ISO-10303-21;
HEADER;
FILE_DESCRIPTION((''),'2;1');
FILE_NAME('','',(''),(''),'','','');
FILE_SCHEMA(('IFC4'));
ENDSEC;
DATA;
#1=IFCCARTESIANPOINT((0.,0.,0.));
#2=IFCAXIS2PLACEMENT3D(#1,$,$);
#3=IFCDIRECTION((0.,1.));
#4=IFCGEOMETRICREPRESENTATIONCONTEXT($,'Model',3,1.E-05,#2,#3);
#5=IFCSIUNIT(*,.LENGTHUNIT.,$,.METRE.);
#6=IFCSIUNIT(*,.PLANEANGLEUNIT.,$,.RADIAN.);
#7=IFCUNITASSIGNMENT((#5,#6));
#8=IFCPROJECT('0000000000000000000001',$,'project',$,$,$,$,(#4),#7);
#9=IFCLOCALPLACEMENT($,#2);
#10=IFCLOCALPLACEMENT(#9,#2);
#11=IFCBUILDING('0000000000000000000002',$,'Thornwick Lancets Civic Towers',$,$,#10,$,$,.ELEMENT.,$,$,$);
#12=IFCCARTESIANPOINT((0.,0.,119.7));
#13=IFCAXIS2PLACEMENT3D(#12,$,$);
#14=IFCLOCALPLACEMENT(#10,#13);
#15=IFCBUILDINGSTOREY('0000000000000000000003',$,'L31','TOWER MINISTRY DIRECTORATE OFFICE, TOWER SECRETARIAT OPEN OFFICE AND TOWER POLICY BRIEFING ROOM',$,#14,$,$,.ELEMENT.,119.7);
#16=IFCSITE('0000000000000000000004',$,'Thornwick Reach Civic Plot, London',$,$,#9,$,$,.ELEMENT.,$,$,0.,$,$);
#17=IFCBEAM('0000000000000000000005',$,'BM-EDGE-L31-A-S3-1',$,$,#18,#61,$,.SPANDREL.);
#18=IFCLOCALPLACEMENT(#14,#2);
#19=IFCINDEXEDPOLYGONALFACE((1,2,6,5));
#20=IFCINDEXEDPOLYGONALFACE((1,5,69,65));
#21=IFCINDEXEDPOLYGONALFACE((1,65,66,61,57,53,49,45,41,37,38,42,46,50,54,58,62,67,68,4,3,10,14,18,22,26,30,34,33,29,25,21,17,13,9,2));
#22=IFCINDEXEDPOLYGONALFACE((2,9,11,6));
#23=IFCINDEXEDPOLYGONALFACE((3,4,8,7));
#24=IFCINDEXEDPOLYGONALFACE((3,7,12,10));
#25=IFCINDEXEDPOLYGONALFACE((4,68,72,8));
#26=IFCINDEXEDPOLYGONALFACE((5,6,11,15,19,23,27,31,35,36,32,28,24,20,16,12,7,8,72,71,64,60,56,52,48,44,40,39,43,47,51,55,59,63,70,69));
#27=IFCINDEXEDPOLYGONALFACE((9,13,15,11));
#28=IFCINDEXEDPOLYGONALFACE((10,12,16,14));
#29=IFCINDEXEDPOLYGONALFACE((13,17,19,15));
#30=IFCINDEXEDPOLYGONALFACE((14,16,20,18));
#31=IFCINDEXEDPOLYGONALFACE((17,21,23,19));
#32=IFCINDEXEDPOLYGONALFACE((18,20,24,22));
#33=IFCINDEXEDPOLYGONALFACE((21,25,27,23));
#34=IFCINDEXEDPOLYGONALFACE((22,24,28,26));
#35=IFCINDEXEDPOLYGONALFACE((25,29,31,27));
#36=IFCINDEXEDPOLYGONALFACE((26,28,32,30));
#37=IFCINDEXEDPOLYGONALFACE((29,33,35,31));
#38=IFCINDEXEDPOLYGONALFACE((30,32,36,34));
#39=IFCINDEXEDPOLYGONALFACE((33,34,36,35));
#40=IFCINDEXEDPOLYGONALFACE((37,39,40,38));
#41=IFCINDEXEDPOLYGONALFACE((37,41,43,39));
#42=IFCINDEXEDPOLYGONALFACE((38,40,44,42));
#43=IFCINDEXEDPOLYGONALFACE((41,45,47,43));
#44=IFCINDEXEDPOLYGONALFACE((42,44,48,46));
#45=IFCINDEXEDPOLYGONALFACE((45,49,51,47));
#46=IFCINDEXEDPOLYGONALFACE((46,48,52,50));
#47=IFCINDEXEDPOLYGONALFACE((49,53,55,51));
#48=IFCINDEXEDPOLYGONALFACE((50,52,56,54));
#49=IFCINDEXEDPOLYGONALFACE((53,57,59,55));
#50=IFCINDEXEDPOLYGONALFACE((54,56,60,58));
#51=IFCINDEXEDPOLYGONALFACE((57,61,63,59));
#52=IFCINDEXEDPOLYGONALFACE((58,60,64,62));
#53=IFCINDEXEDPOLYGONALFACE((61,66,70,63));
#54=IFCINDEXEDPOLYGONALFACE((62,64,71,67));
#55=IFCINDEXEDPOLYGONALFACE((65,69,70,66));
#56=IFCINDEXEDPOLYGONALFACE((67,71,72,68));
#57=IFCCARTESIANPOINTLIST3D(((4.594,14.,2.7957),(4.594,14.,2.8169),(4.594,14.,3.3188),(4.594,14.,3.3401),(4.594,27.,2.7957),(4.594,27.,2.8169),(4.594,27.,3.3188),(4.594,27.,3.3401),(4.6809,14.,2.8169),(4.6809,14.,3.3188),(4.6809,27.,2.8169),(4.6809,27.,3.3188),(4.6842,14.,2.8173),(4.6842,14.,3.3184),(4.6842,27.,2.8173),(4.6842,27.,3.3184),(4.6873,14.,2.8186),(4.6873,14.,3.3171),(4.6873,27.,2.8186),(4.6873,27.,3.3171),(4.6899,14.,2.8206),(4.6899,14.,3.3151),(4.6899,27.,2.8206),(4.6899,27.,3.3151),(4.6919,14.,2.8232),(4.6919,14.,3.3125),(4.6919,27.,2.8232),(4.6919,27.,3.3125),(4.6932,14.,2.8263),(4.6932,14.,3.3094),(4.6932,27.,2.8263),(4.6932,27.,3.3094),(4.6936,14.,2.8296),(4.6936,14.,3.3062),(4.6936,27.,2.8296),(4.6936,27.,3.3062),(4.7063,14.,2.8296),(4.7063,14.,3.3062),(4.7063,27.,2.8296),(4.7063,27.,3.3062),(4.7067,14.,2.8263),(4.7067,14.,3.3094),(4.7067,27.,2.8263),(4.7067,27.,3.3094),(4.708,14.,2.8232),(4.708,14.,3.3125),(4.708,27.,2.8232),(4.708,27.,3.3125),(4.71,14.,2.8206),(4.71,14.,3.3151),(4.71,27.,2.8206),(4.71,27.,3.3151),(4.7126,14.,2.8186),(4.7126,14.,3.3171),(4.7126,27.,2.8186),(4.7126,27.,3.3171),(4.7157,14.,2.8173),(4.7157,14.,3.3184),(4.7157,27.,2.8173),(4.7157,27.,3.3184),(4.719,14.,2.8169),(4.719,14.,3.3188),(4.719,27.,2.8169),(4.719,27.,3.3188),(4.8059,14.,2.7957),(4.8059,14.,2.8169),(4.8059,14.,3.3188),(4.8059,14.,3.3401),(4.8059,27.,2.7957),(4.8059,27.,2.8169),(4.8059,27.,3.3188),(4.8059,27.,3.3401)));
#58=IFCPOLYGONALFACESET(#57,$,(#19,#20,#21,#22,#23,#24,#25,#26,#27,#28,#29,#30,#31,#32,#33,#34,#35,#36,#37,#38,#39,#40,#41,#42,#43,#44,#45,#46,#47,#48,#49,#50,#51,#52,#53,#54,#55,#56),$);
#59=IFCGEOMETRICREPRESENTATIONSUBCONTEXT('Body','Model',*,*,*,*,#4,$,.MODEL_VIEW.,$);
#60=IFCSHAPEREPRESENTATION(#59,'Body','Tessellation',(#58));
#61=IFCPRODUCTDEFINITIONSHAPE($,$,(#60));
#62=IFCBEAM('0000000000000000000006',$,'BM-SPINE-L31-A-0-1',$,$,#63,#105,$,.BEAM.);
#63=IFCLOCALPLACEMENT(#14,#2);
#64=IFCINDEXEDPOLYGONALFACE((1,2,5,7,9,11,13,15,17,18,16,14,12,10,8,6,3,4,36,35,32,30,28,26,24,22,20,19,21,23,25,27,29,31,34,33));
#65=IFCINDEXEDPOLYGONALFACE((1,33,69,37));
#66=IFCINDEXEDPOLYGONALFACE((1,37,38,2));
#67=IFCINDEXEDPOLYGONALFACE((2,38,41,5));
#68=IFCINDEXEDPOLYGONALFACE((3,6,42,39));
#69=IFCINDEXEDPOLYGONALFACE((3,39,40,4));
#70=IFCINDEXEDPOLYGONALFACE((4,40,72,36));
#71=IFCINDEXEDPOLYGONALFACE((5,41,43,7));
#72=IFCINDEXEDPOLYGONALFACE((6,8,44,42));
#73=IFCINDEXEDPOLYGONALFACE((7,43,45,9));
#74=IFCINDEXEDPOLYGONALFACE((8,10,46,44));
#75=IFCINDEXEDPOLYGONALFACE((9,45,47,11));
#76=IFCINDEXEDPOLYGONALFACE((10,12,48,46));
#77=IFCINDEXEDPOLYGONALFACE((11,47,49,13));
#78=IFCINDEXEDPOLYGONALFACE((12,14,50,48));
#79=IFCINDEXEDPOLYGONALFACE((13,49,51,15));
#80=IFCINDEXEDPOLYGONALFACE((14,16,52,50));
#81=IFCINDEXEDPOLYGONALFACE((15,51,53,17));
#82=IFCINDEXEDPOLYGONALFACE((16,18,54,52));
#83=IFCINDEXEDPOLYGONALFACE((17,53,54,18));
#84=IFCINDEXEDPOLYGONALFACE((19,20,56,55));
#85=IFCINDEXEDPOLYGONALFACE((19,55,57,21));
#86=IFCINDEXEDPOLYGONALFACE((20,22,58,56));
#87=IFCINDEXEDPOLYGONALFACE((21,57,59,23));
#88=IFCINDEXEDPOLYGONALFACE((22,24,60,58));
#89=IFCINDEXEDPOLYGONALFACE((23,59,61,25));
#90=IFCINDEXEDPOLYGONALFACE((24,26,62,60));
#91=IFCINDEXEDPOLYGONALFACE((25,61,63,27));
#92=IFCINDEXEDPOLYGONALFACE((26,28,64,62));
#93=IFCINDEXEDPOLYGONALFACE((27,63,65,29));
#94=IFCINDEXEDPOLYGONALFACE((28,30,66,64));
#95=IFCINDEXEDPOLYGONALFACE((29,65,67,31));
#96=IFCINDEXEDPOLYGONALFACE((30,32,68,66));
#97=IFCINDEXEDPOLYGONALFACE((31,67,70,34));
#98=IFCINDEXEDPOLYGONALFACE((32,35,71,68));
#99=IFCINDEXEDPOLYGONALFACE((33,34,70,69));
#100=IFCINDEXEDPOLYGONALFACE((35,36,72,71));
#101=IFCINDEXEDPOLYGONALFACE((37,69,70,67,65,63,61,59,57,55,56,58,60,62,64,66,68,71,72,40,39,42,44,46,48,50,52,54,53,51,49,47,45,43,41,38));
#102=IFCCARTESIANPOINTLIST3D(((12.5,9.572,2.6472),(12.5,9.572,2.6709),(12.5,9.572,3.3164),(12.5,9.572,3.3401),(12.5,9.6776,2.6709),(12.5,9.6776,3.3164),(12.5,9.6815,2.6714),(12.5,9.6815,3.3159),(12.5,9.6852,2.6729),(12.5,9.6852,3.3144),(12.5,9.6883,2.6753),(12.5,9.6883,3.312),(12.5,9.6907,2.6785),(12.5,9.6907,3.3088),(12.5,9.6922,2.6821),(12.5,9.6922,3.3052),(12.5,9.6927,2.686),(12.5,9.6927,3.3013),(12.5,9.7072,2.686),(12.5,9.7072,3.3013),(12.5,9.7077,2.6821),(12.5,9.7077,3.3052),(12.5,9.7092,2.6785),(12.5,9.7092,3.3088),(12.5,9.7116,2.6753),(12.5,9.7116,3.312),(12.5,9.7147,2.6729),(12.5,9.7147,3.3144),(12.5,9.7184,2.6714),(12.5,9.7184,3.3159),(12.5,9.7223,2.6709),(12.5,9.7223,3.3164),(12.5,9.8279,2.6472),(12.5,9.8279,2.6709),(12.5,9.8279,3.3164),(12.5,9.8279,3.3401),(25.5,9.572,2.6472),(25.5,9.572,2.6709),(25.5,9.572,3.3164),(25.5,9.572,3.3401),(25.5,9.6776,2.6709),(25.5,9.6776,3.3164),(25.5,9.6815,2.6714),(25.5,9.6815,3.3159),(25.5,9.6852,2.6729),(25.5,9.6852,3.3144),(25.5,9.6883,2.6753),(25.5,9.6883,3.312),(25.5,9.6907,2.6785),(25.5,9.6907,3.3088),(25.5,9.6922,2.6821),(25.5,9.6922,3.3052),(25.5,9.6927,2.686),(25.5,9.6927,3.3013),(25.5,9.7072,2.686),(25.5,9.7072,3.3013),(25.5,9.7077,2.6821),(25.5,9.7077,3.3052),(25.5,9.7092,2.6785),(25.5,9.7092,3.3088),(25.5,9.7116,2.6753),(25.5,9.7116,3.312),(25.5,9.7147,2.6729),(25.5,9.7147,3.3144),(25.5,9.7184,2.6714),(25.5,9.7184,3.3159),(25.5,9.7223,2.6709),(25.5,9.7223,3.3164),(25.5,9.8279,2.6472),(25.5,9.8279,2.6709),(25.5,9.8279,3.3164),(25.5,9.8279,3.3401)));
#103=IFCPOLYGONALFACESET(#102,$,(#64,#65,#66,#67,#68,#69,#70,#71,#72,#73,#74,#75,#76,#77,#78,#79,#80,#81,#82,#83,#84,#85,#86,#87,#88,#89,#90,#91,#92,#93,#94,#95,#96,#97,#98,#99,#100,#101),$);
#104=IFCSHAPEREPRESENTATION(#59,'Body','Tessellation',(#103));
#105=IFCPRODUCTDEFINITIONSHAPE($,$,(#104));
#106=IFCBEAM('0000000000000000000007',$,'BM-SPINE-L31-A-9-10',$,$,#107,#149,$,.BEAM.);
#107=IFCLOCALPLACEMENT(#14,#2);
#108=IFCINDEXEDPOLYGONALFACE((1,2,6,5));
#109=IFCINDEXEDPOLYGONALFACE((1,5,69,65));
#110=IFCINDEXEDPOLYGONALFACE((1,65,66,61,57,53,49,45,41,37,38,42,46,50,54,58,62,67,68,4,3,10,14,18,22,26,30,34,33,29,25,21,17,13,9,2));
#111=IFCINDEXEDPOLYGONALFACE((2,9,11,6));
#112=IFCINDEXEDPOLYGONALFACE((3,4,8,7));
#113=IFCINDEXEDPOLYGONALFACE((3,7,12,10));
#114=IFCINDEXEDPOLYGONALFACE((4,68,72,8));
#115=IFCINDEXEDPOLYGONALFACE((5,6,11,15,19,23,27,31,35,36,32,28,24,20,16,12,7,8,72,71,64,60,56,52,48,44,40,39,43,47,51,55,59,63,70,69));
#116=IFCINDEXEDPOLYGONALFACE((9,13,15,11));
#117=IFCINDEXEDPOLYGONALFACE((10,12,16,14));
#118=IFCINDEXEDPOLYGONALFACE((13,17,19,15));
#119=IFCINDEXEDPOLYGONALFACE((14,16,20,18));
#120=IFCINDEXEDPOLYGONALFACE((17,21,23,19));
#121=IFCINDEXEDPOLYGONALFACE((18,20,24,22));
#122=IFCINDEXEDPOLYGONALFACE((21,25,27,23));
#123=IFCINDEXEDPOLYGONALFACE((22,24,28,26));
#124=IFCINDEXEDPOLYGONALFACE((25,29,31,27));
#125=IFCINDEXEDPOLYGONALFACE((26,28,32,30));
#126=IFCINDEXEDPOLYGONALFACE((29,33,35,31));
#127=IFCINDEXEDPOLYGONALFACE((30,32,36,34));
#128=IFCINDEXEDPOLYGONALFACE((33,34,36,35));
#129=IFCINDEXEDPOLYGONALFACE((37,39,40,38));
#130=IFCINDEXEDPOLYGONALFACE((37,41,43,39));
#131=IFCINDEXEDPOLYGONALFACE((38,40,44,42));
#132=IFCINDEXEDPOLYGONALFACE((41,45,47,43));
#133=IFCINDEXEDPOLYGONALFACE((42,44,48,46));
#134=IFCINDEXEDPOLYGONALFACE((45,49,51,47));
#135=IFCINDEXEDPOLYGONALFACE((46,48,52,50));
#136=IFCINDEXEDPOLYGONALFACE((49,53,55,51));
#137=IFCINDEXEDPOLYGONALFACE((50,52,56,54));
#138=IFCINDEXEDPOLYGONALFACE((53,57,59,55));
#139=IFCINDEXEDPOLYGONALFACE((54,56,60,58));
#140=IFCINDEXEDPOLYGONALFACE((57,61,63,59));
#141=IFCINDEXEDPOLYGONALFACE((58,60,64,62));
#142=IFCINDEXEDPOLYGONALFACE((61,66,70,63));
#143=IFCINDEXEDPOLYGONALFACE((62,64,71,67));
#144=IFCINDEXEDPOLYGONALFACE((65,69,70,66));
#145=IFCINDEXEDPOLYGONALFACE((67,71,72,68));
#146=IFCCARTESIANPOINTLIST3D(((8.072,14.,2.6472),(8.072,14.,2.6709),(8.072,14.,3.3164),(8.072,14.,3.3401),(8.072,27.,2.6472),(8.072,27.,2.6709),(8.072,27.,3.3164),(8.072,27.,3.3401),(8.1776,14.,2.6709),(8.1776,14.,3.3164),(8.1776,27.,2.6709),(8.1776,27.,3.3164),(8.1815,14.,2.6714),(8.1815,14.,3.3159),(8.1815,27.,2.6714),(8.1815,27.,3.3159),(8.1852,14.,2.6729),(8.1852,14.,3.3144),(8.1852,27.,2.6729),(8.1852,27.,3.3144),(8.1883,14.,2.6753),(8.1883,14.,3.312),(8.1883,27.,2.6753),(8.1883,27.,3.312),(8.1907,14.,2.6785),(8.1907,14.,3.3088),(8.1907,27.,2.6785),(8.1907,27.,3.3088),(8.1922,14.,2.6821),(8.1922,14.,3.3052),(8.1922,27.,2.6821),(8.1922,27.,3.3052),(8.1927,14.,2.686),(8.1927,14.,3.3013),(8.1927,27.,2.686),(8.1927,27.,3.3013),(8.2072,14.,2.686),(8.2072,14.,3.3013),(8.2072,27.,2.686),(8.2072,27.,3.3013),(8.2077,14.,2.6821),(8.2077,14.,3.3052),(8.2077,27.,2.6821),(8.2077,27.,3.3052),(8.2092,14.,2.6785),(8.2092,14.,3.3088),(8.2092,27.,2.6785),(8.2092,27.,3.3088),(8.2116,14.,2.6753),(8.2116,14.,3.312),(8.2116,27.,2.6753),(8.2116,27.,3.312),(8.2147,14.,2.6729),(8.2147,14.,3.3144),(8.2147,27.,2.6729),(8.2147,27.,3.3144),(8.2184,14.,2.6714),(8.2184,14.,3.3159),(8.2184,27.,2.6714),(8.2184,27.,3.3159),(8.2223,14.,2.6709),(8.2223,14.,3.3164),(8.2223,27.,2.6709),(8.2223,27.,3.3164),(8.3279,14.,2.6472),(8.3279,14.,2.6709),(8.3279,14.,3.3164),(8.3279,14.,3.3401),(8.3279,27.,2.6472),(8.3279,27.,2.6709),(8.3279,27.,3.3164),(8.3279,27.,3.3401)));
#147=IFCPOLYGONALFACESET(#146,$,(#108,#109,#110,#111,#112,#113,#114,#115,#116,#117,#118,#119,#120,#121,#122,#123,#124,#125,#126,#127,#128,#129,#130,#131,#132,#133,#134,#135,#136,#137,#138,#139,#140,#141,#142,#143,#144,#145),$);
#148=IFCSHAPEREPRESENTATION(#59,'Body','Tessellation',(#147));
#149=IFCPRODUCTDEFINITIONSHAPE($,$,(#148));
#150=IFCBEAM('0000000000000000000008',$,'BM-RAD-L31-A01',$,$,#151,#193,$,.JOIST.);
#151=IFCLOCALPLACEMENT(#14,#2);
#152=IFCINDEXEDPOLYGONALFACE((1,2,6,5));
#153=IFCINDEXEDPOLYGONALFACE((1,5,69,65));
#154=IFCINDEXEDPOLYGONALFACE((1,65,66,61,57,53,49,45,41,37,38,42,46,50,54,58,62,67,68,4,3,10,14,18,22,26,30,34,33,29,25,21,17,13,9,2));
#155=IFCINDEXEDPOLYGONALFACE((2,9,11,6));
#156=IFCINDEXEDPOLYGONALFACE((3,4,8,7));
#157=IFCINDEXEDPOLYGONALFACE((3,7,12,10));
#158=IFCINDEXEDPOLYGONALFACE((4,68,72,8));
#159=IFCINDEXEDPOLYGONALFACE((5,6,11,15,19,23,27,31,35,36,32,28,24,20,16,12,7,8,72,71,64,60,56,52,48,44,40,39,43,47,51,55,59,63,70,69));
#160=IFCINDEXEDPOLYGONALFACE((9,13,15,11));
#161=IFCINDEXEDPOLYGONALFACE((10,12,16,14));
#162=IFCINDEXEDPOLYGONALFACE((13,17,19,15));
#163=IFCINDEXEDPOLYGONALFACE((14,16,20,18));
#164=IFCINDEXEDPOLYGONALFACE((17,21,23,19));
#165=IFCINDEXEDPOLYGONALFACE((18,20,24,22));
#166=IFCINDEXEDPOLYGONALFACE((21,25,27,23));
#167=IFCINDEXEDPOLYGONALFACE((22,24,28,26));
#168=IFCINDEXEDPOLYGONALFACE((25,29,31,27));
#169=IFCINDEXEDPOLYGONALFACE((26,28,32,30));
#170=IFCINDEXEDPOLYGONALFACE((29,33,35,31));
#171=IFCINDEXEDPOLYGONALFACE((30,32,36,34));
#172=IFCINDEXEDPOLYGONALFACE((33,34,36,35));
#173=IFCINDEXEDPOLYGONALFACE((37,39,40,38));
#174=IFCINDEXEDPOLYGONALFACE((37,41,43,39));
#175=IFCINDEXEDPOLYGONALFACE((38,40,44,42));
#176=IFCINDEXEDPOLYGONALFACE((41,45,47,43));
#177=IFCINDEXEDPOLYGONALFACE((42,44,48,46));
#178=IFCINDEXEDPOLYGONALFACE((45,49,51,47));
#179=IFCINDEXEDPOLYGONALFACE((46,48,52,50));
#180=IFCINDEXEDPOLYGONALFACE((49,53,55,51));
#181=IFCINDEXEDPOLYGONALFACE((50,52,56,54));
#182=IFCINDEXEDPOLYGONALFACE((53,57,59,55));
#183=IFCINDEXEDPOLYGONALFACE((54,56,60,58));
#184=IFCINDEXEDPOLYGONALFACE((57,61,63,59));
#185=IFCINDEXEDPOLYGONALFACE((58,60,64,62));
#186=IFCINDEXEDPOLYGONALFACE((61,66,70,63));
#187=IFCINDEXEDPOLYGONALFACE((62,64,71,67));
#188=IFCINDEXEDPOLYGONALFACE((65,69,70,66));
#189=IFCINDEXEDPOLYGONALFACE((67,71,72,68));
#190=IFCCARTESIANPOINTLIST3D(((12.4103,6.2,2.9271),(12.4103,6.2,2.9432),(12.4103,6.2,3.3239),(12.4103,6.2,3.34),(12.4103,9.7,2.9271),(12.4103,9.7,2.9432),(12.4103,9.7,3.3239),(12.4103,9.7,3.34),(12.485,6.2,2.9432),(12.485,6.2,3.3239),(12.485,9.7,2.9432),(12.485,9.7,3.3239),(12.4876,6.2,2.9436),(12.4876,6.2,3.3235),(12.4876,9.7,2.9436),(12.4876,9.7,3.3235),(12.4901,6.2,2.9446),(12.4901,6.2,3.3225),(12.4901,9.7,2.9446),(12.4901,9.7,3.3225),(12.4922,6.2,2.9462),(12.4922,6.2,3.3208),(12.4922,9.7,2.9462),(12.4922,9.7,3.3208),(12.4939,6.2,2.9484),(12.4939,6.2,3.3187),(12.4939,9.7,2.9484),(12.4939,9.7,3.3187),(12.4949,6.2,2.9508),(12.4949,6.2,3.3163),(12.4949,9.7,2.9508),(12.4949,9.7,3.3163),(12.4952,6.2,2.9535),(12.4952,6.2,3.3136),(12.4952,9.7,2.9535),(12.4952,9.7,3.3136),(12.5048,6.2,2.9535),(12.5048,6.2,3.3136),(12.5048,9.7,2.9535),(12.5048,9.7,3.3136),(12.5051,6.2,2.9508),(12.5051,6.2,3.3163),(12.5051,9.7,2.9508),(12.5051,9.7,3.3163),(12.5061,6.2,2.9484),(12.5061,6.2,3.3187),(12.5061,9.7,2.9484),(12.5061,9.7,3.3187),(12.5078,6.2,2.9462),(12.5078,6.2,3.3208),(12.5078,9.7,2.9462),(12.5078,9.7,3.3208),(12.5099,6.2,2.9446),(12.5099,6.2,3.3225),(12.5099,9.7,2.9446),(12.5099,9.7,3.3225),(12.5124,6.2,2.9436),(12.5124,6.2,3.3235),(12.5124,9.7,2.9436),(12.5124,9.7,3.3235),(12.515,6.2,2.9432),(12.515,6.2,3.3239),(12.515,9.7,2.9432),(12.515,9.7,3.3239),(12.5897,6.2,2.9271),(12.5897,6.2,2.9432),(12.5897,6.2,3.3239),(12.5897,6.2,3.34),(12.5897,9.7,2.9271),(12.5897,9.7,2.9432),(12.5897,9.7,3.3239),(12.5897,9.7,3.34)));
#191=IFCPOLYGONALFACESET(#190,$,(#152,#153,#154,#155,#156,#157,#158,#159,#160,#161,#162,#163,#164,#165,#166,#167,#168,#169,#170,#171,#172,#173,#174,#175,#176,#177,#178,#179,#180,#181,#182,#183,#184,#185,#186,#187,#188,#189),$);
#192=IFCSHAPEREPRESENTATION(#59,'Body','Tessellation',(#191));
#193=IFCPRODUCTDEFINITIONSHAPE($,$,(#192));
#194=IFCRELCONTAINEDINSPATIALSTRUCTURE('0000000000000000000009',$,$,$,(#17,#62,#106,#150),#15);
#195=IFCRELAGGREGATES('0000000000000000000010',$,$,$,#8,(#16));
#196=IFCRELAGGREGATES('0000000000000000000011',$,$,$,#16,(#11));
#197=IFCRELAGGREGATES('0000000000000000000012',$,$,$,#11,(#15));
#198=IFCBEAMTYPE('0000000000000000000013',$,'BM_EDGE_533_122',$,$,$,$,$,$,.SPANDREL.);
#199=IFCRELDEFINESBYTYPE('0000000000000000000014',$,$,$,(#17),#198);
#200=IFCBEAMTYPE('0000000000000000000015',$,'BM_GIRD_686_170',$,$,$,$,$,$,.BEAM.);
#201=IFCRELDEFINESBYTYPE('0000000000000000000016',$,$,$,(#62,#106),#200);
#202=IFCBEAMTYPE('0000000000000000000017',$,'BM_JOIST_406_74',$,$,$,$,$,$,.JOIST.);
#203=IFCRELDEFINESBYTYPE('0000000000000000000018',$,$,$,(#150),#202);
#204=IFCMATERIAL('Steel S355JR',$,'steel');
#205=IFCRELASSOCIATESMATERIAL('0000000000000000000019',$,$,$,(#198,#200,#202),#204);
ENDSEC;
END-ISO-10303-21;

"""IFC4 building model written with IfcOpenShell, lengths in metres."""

from ifc_helpers import new_model, si_unit, direction, frame, origin, origin_2d, place, context, subcontext, project, spatial, i_section, extrude, material, material_profile, profile_set, type_object, element, save


model = new_model("IFC4")

# Units and contexts
model_context = context("Model", 3, precision=1e-05, world=origin(), true_north=direction((0.0, 1.0)))
body_context = subcontext(model_context, "Body", "Model", "MODEL_VIEW")
ifc_project = project(units=[si_unit("LENGTHUNIT", "METRE"), si_unit("PLANEANGLEUNIT", "RADIAN")], contexts=[model_context])

# Site, building, storey
site_placement = place(None, origin())
site = spatial("IfcSite", under=ifc_project, at=site_placement, Name="Thornwick Reach Civic Plot, London", CompositionType="ELEMENT", RefElevation=0.0)
building_placement = place(site_placement, origin())
building = spatial("IfcBuilding", under=site, at=building_placement, Name="Thornwick Lancets Civic Towers", CompositionType="ELEMENT")
storey_placement = place(building_placement, frame((0.0, 0.0, 119.7)))
storey = spatial("IfcBuildingStorey", under=building, at=storey_placement, Name="L31", Description="TOWER MINISTRY DIRECTORATE OFFICE, TOWER SECRETARIAT OPEN OFFICE AND TOWER POLICY BRIEFING ROOM", CompositionType="ELEMENT", Elevation=119.7)

# Beams
ifc_material_1 = material(Name="Steel S355JR", Category="steel")
ifc_material_profile_1 = material_profile(ifc_material_1, i_section(OverallWidth=0.2119, OverallDepth=0.5444, WebThickness=0.0127, FlangeThickness=0.0212, FilletRadius=0.0127, at=origin_2d()), Name="UKB 533x210x122")
ifc_profile_set_1 = profile_set([ifc_material_profile_1], Name="Steel S355JR")
beam_type_1 = type_object("IfcBeamType", Name="BM_EDGE_533_122", PredefinedType="SPANDREL", material=ifc_profile_set_1)
for number, where, z_axis, x_axis, name in (
    (1, (4.7, 14.0, 3.0679), (0.0, 1.0, 0.0), (-1.0, 0.0, 0.0), "BM-EDGE-L31-A-S3-1"),
):
    element("IfcBeam", number, at=place(storey_placement, frame(where, z_axis=z_axis, x_axis=x_axis)), inside=storey, type_object=beam_type_1, Name=name, PredefinedType="SPANDREL", context=body_context, shape_type="SweptSolid", body=[
        extrude(i_section(OverallWidth=0.2119, OverallDepth=0.5444, WebThickness=0.0127, FlangeThickness=0.0212, FilletRadius=0.0127, at=origin_2d()), origin(), (0.0, 0.0, 1.0), 13.0),
    ])
ifc_material_profile_2 = material_profile(ifc_material_1, i_section(OverallWidth=0.2559, OverallDepth=0.6929, WebThickness=0.0144, FlangeThickness=0.0237, FilletRadius=0.0151, at=origin_2d()), Name="UKB 686x254x170")
ifc_profile_set_2 = profile_set([ifc_material_profile_2], Name="Steel S355JR")
beam_type_2 = type_object("IfcBeamType", Name="BM_GIRD_686_170", PredefinedType="BEAM", material=ifc_profile_set_2)
for number, where, z_axis, x_axis, name in (
    (2, (12.5, 9.7, 2.9937), (1.0, 0.0, 0.0), (0.0, 1.0, 0.0), "BM-SPINE-L31-A-0-1"),
    (3, (8.2, 14.0, 2.9937), (0.0, 1.0, 0.0), (-1.0, 0.0, 0.0), "BM-SPINE-L31-A-9-10"),
):
    element("IfcBeam", number, at=place(storey_placement, frame(where, z_axis=z_axis, x_axis=x_axis)), inside=storey, type_object=beam_type_2, Name=name, PredefinedType="BEAM", context=body_context, shape_type="SweptSolid", body=[
        extrude(i_section(OverallWidth=0.2559, OverallDepth=0.6929, WebThickness=0.0144, FlangeThickness=0.0237, FilletRadius=0.0151, at=origin_2d()), origin(), (0.0, 0.0, 1.0), 13.0),
    ])
ifc_material_profile_3 = material_profile(ifc_material_1, i_section(OverallWidth=0.1794, OverallDepth=0.4128, WebThickness=0.0095, FlangeThickness=0.0161, FilletRadius=0.0103, at=origin_2d()), Name="UKB 406x178x74")
ifc_profile_set_3 = profile_set([ifc_material_profile_3], Name="Steel S355JR")
beam_type_3 = type_object("IfcBeamType", Name="BM_JOIST_406_74", PredefinedType="JOIST", material=ifc_profile_set_3)
for number, where, z_axis, x_axis, name in (
    (4, (12.5, 9.7, 3.1335), (0.0, -1.0, 0.0), (1.0, 0.0, 0.0), "BM-RAD-L31-A01"),
):
    element("IfcBeam", number, at=place(storey_placement, frame(where, z_axis=z_axis, x_axis=x_axis)), inside=storey, type_object=beam_type_3, Name=name, PredefinedType="JOIST", context=body_context, shape_type="SweptSolid", body=[
        extrude(i_section(OverallWidth=0.1794, OverallDepth=0.4128, WebThickness=0.0095, FlangeThickness=0.0161, FilletRadius=0.0103, at=origin_2d()), origin(), (0.0, 0.0, 1.0), 3.5),
    ])

save(model, "model.ifc")
